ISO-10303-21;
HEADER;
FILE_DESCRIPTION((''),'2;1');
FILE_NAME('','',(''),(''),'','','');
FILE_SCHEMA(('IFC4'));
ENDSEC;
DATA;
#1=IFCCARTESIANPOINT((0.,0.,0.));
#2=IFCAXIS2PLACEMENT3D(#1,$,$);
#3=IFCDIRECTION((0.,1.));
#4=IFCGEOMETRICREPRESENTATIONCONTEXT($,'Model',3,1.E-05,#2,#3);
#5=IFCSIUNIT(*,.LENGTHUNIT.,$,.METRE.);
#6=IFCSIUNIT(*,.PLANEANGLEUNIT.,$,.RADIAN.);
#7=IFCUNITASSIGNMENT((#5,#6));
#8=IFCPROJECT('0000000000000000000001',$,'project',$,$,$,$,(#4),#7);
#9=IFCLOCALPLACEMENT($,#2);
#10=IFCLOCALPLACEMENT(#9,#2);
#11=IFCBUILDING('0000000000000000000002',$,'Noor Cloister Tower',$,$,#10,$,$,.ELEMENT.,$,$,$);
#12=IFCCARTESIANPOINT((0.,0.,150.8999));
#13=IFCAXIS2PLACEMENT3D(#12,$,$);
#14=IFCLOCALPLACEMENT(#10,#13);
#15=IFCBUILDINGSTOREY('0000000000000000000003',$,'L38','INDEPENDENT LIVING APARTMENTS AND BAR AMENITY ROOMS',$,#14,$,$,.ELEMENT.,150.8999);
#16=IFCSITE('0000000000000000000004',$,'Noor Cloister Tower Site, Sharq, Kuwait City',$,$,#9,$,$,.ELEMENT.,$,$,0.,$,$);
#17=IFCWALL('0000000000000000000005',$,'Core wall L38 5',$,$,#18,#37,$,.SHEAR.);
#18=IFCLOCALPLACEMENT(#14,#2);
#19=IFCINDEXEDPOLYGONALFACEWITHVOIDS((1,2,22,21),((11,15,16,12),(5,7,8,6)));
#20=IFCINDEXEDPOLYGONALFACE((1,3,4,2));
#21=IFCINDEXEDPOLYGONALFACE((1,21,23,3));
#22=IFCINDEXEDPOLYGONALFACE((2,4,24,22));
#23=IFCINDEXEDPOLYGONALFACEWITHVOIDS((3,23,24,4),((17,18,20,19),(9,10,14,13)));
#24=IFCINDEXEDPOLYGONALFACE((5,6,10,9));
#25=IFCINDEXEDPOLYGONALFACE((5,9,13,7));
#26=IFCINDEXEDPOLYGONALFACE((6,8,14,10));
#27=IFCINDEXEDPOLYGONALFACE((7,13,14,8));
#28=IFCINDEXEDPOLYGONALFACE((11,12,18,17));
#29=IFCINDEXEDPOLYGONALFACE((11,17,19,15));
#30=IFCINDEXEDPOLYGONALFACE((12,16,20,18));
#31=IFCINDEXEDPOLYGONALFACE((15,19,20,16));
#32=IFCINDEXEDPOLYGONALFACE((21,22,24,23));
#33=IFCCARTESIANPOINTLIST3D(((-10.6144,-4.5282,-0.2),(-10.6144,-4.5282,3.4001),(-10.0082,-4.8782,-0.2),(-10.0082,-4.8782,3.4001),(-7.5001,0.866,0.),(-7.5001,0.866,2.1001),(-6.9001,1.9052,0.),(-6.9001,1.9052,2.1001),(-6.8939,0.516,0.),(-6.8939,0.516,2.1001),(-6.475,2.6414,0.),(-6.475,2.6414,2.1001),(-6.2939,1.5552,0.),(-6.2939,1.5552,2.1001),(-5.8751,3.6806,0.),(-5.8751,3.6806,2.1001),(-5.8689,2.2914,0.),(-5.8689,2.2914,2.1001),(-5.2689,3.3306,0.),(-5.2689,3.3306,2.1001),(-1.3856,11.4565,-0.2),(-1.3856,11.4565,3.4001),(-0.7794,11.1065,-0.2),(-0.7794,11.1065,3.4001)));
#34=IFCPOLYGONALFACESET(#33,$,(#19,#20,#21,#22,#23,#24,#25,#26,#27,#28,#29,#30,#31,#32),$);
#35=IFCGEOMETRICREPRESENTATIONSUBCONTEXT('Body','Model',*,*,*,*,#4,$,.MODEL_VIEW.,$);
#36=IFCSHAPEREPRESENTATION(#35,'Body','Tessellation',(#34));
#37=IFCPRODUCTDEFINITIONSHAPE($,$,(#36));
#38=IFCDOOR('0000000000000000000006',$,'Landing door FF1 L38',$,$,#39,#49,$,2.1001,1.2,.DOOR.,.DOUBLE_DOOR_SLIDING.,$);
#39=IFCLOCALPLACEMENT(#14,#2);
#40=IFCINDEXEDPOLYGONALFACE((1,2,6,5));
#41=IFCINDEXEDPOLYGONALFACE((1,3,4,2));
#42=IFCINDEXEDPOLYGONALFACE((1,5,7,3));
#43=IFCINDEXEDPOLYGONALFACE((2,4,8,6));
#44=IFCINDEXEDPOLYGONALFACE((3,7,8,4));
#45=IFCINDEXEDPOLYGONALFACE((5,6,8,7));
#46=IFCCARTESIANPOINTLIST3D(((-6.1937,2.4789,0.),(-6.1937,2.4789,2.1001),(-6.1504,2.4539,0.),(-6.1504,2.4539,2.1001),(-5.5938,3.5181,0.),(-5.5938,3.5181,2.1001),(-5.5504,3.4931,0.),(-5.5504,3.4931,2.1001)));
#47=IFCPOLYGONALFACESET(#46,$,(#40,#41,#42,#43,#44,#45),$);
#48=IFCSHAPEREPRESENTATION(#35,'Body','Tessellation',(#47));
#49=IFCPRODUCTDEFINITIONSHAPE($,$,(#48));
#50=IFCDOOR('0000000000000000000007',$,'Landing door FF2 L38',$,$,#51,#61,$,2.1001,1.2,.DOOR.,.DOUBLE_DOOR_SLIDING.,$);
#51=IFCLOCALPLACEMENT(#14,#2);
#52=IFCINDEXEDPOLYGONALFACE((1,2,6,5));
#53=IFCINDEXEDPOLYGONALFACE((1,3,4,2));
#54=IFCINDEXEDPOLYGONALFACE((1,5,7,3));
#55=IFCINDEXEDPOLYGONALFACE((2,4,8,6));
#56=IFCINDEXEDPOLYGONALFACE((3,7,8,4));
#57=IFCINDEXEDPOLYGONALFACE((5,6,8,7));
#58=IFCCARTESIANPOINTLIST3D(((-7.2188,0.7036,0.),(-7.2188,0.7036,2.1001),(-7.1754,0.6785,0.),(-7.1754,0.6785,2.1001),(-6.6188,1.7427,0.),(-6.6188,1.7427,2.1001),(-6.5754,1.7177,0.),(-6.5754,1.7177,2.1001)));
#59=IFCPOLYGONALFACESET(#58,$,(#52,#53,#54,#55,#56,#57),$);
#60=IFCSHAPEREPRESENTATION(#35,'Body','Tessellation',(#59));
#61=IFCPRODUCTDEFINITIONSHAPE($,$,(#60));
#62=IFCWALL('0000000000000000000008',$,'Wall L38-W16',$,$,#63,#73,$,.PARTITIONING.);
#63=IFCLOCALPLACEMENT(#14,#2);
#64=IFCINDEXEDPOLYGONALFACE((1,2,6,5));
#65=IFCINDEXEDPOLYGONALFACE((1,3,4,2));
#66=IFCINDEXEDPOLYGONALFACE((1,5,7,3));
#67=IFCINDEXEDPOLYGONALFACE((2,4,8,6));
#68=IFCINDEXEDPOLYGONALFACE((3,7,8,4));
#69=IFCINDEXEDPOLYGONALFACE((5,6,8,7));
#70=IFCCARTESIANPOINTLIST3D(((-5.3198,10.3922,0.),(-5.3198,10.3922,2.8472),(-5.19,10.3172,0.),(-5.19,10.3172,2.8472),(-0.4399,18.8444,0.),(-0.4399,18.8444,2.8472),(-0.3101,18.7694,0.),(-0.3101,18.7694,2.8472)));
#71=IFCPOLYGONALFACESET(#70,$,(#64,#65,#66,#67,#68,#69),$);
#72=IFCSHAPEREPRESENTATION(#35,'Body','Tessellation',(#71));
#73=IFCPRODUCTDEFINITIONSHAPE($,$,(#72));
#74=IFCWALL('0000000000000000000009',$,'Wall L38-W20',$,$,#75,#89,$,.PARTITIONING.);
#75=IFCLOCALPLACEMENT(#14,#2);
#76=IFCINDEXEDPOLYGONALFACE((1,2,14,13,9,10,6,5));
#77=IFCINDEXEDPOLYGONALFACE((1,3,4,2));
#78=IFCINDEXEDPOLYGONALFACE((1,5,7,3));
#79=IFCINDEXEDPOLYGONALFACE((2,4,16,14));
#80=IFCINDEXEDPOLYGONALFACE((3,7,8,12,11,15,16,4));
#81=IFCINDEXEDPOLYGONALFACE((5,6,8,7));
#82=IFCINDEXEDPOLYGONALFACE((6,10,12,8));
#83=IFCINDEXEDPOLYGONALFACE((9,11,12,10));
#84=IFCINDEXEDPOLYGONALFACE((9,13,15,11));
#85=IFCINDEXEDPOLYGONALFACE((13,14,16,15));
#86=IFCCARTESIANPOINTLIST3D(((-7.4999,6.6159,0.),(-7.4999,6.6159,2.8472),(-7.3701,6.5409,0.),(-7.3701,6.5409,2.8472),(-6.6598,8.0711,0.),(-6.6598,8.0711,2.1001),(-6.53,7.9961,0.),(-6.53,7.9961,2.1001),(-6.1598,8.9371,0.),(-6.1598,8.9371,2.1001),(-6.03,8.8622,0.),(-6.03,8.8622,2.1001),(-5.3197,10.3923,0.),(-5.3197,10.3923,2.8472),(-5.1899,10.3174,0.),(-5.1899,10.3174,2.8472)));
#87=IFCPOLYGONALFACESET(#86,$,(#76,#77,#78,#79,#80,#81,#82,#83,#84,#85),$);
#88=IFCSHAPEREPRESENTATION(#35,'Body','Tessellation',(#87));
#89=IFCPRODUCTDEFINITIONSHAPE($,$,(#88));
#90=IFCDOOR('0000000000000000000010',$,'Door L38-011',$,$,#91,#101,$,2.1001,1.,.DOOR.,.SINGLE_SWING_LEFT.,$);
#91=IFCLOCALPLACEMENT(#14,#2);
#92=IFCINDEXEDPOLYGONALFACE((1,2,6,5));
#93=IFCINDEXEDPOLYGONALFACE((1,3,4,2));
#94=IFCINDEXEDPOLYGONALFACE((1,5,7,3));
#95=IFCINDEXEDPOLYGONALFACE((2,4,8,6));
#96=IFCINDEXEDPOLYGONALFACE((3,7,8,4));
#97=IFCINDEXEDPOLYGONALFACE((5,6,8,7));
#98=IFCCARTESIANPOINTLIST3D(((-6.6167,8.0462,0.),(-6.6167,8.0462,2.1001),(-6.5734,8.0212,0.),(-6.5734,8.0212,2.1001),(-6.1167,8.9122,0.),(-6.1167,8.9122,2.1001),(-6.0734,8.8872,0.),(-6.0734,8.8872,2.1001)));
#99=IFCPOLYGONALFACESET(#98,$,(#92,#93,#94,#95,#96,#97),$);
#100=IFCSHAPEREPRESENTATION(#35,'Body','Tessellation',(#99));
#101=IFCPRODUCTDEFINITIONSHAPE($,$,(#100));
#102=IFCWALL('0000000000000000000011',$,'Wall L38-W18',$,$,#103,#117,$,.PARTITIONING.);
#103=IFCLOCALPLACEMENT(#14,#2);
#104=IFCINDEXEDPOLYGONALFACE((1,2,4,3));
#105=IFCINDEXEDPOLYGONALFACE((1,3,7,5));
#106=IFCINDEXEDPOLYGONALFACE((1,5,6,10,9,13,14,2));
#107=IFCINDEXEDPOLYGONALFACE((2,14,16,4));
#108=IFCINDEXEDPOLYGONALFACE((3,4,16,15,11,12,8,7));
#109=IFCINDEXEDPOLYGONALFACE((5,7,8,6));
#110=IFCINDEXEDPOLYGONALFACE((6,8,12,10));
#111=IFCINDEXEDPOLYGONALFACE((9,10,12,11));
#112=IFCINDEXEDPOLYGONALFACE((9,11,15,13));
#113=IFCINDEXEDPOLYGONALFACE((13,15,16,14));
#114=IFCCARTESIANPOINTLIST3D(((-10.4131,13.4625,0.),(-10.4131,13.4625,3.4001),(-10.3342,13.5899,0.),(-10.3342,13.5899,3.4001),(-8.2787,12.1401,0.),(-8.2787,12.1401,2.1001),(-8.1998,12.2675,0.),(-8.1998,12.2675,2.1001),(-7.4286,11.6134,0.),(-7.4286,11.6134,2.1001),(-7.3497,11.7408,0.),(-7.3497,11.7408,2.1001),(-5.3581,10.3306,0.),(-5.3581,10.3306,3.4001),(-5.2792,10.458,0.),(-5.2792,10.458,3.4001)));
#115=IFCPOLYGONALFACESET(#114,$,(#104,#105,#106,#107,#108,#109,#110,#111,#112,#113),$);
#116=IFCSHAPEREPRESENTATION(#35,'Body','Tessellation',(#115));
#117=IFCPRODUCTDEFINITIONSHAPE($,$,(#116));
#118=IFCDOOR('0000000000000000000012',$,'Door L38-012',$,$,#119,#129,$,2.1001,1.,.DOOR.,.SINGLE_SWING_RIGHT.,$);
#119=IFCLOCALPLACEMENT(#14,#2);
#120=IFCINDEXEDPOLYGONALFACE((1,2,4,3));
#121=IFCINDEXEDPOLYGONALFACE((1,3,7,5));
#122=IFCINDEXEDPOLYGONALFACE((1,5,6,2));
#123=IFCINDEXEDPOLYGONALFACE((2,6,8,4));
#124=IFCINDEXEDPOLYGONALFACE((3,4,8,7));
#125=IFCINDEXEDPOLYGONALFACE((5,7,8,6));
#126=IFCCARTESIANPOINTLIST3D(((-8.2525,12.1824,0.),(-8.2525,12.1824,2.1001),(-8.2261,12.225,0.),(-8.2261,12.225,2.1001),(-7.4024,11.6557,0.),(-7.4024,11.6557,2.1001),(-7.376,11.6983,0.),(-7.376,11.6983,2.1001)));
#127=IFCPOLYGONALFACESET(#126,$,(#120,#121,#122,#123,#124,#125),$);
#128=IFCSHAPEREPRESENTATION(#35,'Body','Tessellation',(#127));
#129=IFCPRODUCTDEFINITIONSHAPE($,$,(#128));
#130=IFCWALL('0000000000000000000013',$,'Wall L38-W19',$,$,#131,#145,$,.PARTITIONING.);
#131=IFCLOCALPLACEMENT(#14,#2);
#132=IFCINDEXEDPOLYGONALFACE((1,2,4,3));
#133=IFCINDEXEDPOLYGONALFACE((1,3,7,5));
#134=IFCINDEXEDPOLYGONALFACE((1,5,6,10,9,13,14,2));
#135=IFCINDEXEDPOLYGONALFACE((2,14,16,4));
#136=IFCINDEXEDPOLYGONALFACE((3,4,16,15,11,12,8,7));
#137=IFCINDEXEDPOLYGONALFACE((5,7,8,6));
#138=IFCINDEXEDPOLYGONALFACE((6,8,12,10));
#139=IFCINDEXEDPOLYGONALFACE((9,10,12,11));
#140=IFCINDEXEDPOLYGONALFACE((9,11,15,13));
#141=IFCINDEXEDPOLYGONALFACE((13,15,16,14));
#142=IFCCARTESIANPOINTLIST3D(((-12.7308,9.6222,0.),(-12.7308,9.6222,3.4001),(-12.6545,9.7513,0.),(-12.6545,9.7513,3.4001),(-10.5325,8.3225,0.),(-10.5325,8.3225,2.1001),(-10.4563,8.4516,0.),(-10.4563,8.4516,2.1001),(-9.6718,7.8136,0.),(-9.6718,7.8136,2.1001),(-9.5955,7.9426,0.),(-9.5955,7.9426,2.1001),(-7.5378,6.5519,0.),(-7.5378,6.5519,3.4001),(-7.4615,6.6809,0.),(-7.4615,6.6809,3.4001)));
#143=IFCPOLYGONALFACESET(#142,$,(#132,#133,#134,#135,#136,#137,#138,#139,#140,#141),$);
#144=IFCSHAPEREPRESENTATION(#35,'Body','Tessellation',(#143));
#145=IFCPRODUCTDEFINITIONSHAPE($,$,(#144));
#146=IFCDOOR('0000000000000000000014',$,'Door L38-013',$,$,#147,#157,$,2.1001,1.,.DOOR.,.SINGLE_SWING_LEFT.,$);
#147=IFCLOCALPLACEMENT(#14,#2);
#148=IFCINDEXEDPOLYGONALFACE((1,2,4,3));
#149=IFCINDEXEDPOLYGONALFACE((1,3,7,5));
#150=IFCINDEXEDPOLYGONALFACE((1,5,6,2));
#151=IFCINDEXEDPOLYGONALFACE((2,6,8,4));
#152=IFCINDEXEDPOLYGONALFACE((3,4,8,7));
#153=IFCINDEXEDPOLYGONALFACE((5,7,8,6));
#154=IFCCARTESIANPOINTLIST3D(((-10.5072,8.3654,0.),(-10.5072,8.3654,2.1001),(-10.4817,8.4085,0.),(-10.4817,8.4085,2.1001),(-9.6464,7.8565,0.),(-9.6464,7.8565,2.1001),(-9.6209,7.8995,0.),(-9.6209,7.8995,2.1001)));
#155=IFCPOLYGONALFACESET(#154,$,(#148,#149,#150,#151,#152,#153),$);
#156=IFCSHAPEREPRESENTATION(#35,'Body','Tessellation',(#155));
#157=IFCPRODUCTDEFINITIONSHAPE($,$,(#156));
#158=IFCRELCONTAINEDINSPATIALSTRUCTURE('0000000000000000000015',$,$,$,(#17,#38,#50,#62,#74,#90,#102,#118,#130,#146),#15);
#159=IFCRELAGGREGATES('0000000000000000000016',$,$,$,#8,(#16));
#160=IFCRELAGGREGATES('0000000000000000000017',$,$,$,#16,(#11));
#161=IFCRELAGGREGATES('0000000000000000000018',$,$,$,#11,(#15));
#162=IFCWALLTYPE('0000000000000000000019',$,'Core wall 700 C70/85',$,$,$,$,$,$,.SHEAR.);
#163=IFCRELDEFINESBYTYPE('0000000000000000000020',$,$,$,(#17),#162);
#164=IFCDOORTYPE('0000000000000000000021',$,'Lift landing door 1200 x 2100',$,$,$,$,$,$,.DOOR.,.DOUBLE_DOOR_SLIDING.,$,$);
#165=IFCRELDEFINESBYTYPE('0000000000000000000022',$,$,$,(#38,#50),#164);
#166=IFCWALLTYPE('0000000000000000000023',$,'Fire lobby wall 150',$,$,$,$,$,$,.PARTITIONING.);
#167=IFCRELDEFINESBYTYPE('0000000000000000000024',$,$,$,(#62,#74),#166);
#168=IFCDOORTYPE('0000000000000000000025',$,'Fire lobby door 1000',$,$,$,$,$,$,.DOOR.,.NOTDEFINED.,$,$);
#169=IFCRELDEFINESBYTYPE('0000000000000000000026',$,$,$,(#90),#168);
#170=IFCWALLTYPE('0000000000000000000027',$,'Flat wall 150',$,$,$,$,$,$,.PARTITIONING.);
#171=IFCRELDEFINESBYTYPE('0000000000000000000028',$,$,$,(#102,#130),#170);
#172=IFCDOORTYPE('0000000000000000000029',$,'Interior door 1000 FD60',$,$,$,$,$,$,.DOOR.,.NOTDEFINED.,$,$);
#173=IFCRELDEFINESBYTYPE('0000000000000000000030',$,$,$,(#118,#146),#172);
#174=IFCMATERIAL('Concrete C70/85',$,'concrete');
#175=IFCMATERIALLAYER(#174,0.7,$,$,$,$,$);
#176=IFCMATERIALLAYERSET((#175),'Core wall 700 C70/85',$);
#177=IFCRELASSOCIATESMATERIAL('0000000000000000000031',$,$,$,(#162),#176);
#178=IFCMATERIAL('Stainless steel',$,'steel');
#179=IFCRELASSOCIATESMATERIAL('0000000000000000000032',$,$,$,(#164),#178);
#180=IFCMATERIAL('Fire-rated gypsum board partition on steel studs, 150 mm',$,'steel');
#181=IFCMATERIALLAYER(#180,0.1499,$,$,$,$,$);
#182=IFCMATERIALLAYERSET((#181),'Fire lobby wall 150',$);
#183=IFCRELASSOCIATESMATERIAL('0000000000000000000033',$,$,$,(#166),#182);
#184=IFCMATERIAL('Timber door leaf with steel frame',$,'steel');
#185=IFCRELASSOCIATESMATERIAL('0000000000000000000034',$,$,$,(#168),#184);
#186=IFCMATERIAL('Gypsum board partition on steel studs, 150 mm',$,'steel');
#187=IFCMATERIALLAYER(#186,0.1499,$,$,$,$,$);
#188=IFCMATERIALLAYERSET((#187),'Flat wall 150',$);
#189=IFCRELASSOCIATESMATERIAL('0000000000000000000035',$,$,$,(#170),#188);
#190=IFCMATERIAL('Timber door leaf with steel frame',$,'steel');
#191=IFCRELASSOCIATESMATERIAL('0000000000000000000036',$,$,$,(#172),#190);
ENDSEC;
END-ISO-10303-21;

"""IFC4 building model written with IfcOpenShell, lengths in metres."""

from ifc_helpers import new_model, si_unit, direction, frame, frame_2d, origin, place, context, subcontext, project, spatial, rectangle, extrude, material, layer, layer_set, type_object, element, fill, save


model = new_model("IFC4")

# Units and contexts
model_context = context("Model", 3, precision=1e-05, world=origin(), true_north=direction((0.0, 1.0)))
body_context = subcontext(model_context, "Body", "Model", "MODEL_VIEW")
ifc_project = project(units=[si_unit("LENGTHUNIT", "METRE"), si_unit("PLANEANGLEUNIT", "RADIAN")], contexts=[model_context])

# Site, building, storey
site_placement = place(None, origin())
site = spatial("IfcSite", under=ifc_project, at=site_placement, Name="Noor Cloister Tower Site, Sharq, Kuwait City", CompositionType="ELEMENT", RefElevation=0.0)
building_placement = place(site_placement, origin())
building = spatial("IfcBuilding", under=site, at=building_placement, Name="Noor Cloister Tower", CompositionType="ELEMENT")
storey_placement = place(building_placement, frame((0.0, 0.0, 150.8999)))
storey = spatial("IfcBuildingStorey", under=building, at=storey_placement, Name="L38", Description="INDEPENDENT LIVING APARTMENTS AND BAR AMENITY ROOMS", CompositionType="ELEMENT", Elevation=150.8999)

# Wall, openings, doors
ifc_material_1 = material(Name="Concrete C70/85", Category="concrete")
ifc_layer_1 = layer(ifc_material_1, 0.7)
ifc_layer_set_1 = layer_set([ifc_layer_1], Name="Core wall 700 C70/85")
wall_type_1 = type_object("IfcWallType", Name="Core wall 700 C70/85", PredefinedType="SHEAR", material=ifc_layer_set_1)
wall_1_placement = place(storey_placement, frame((-1.0825, 11.2815, -0.2), z_axis=(0.0, 0.0, 1.0), x_axis=(-0.500001, -0.866025, 0.0)))
wall_1 = element("IfcWall", 1, at=wall_1_placement, inside=storey, type_object=wall_type_1, Name="Core wall L38 5", PredefinedType="SHEAR", context=body_context, shape_type="SweptSolid", body=[
    extrude(rectangle(XDim=18.4575, YDim=0.7, at=frame_2d((9.2288, 0.0))), origin(), (0.0, 0.0, 1.0), 3.6001),
])
opening_1_placement = place(wall_1_placement, frame((8.9788, 0.0, 0.2)))
opening_1 = element("IfcOpeningElement", 2, at=opening_1_placement, cuts=wall_1, PredefinedType="OPENING", context=body_context, shape_type="SweptSolid", body=[
    extrude(rectangle(XDim=1.2, YDim=2.1001, at=frame_2d((0.6001, 1.05))), frame((0.0, 0.3599, 0.0), z_axis=(0.0, -1.0, 0.0), x_axis=(1.0, 0.0, 0.0)), (0.0, 0.0, 1.0), 0.72),
])
opening_2_placement = place(wall_1_placement, frame((11.0288, 0.0, 0.2)))
opening_2 = element("IfcOpeningElement", 3, at=opening_2_placement, cuts=wall_1, PredefinedType="OPENING", context=body_context, shape_type="SweptSolid", body=[
    extrude(rectangle(XDim=1.2, YDim=2.1001, at=frame_2d((0.6001, 1.05))), frame((0.0, 0.3599, 0.0), z_axis=(0.0, -1.0, 0.0), x_axis=(1.0, 0.0, 0.0)), (0.0, 0.0, 1.0), 0.72),
])
ifc_material_2 = material(Name="Stainless steel", Category="steel")
door_type_1 = type_object("IfcDoorType", Name="Lift landing door 1200 x 2100", OperationType="DOUBLE_DOOR_SLIDING", PredefinedType="DOOR", material=ifc_material_2)
door_1_placement = place(opening_1_placement, origin())
door_1 = element("IfcDoor", 4, at=door_1_placement, inside=storey, type_object=door_type_1, Name="Landing door FF1 L38", OperationType="DOUBLE_DOOR_SLIDING", OverallHeight=2.1001, OverallWidth=1.2, PredefinedType="DOOR", context=body_context, shape_type="SweptSolid", body=[
    extrude(rectangle(XDim=1.2, YDim=2.1001, at=frame_2d((0.6001, 1.05))), frame((0.0, 0.0249, 0.0), z_axis=(0.0, -1.0, 0.0), x_axis=(1.0, 0.0, 0.0)), (0.0, 0.0, 1.0), 0.05),
])
fill(opening_1, door_1)
door_2_placement = place(opening_2_placement, origin())
door_2 = element("IfcDoor", 5, at=door_2_placement, inside=storey, type_object=door_type_1, Name="Landing door FF2 L38", OperationType="DOUBLE_DOOR_SLIDING", OverallHeight=2.1001, OverallWidth=1.2, PredefinedType="DOOR", context=body_context, shape_type="SweptSolid", body=[
    extrude(rectangle(XDim=1.2, YDim=2.1001, at=frame_2d((0.6001, 1.05))), frame((0.0, 0.0249, 0.0), z_axis=(0.0, -1.0, 0.0), x_axis=(1.0, 0.0, 0.0)), (0.0, 0.0, 1.0), 0.05),
])
fill(opening_2, door_2)

# Wall
ifc_material_3 = material(Name="Fire-rated gypsum board partition on steel studs, 150 mm", Category="steel")
ifc_layer_2 = layer(ifc_material_3, 0.1499)
ifc_layer_set_2 = layer_set([ifc_layer_2], Name="Fire lobby wall 150")
wall_type_2 = type_object("IfcWallType", Name="Fire lobby wall 150", PredefinedType="PARTITIONING", material=ifc_layer_set_2)
wall_2_placement = place(storey_placement, frame((-0.375, 18.8069, 0.0), z_axis=(0.0, 0.0, 1.0), x_axis=(-0.500003, -0.866024, 0.0)))
element("IfcWall", 6, at=wall_2_placement, inside=storey, type_object=wall_type_2, Name="Wall L38-W16", PredefinedType="PARTITIONING", context=body_context, shape_type="SweptSolid", body=[
    extrude(rectangle(XDim=9.7598, YDim=0.1499, at=frame_2d((4.8799, 0.0))), origin(), (0.0, 0.0, 1.0), 2.8472),
])

# Walls, openings, doors
wall_3_placement = place(storey_placement, frame((-5.2549, 10.3547, 0.0), z_axis=(0.0, 0.0, 1.0), x_axis=(-0.499981, -0.866036, 0.0)))
wall_3 = element("IfcWall", 7, at=wall_3_placement, inside=storey, type_object=wall_type_2, Name="Wall L38-W20", PredefinedType="PARTITIONING", context=body_context, shape_type="SweptSolid", body=[
    extrude(rectangle(XDim=4.3606, YDim=0.1499, at=frame_2d((2.1802, 0.0))), origin(), (0.0, 0.0, 1.0), 2.8472),
])
opening_3_placement = place(wall_3_placement, frame((1.6802, 0.0, 0.0)))
opening_3 = element("IfcOpeningElement", 8, at=opening_3_placement, cuts=wall_3, PredefinedType="OPENING", context=body_context, shape_type="SweptSolid", body=[
    extrude(rectangle(XDim=1.0, YDim=2.1001, at=frame_2d((0.5, 1.05))), frame((0.0, 0.085, 0.0), z_axis=(0.0, -1.0, 0.0), x_axis=(1.0, 0.0, 0.0)), (0.0, 0.0, 1.0), 0.1699),
])
ifc_material_4 = material(Name="Timber door leaf with steel frame", Category="steel")
door_type_2 = type_object("IfcDoorType", Name="Fire lobby door 1000", OperationType="NOTDEFINED", PredefinedType="DOOR", material=ifc_material_4)
door_3_placement = place(opening_3_placement, origin())
door_3 = element("IfcDoor", 9, at=door_3_placement, inside=storey, type_object=door_type_2, Name="Door L38-011", OperationType="SINGLE_SWING_LEFT", OverallHeight=2.1001, OverallWidth=1.0, PredefinedType="DOOR", context=body_context, shape_type="SweptSolid", body=[
    extrude(rectangle(XDim=1.0, YDim=2.1001, at=frame_2d((0.5, 1.05))), frame((0.0, 0.0249, 0.0), z_axis=(0.0, -1.0, 0.0), x_axis=(1.0, 0.0, 0.0)), (0.0, 0.0, 1.0), 0.05),
])
fill(opening_3, door_3)
ifc_material_5 = material(Name="Gypsum board partition on steel studs, 150 mm", Category="steel")
ifc_layer_3 = layer(ifc_material_5, 0.1499)
ifc_layer_set_3 = layer_set([ifc_layer_3], Name="Flat wall 150")
wall_type_3 = type_object("IfcWallType", Name="Flat wall 150", PredefinedType="PARTITIONING", material=ifc_layer_set_3)
wall_4_placement = place(storey_placement, frame((-10.3735, 13.5261, 0.0), z_axis=(0.0, 0.0, 1.0), x_axis=(0.85007, -0.52667, 0.0)))
wall_4 = element("IfcWall", 10, at=wall_4_placement, inside=storey, type_object=wall_type_3, Name="Wall L38-W18", PredefinedType="PARTITIONING", context=body_context, shape_type="SweptSolid", body=[
    extrude(rectangle(XDim=5.9465, YDim=0.1499, at=frame_2d((2.9731, 0.0))), origin(), (0.0, 0.0, 1.0), 3.4001),
])
opening_4_placement = place(wall_4_placement, frame((2.5107, 0.0, 0.0)))
opening_4 = element("IfcOpeningElement", 11, at=opening_4_placement, cuts=wall_4, PredefinedType="OPENING", context=body_context, shape_type="SweptSolid", body=[
    extrude(rectangle(XDim=1.0, YDim=2.1001, at=frame_2d((0.5, 1.05))), frame((0.0, 0.085, 0.0), z_axis=(0.0, -1.0, 0.0), x_axis=(1.0, 0.0, 0.0)), (0.0, 0.0, 1.0), 0.1699),
])
ifc_material_6 = material(Name="Timber door leaf with steel frame", Category="steel")
door_type_3 = type_object("IfcDoorType", Name="Interior door 1000 FD60", OperationType="NOTDEFINED", PredefinedType="DOOR", material=ifc_material_6)
door_4_placement = place(opening_4_placement, origin())
door_4 = element("IfcDoor", 12, at=door_4_placement, inside=storey, type_object=door_type_3, Name="Door L38-012", OperationType="SINGLE_SWING_RIGHT", OverallHeight=2.1001, OverallWidth=1.0, PredefinedType="DOOR", context=body_context, shape_type="SweptSolid", body=[
    extrude(rectangle(XDim=1.0, YDim=2.1001, at=frame_2d((0.5, 1.05))), frame((0.0, 0.0249, 0.0), z_axis=(0.0, -1.0, 0.0), x_axis=(1.0, 0.0, 0.0)), (0.0, 0.0, 1.0), 0.05),
])
fill(opening_4, door_4)
wall_5_placement = place(storey_placement, frame((-12.6926, 9.6868, 0.0), z_axis=(0.0, 0.0, 1.0), x_axis=(0.860796, -0.50895, 0.0)))
wall_5 = element("IfcWall", 13, at=wall_5_placement, inside=storey, type_object=wall_type_3, Name="Wall L38-W19", PredefinedType="PARTITIONING", context=body_context, shape_type="SweptSolid", body=[
    extrude(rectangle(XDim=6.0327, YDim=0.1499, at=frame_2d((3.0164, 0.0))), origin(), (0.0, 0.0, 1.0), 3.4001),
])
opening_5_placement = place(wall_5_placement, frame((2.5537, 0.0, 0.0)))
opening_5 = element("IfcOpeningElement", 14, at=opening_5_placement, cuts=wall_5, PredefinedType="OPENING", context=body_context, shape_type="SweptSolid", body=[
    extrude(rectangle(XDim=1.0, YDim=2.1001, at=frame_2d((0.5, 1.05))), frame((0.0, 0.085, 0.0), z_axis=(0.0, -1.0, 0.0), x_axis=(1.0, 0.0, 0.0)), (0.0, 0.0, 1.0), 0.1699),
])
door_5_placement = place(opening_5_placement, origin())
door_5 = element("IfcDoor", 15, at=door_5_placement, inside=storey, type_object=door_type_3, Name="Door L38-013", OperationType="SINGLE_SWING_LEFT", OverallHeight=2.1001, OverallWidth=1.0, PredefinedType="DOOR", context=body_context, shape_type="SweptSolid", body=[
    extrude(rectangle(XDim=1.0, YDim=2.1001, at=frame_2d((0.5, 1.05))), frame((0.0, 0.0249, 0.0), z_axis=(0.0, -1.0, 0.0), x_axis=(1.0, 0.0, 0.0)), (0.0, 0.0, 1.0), 0.05),
])
fill(opening_5, door_5)

save(model, "model.ifc")
